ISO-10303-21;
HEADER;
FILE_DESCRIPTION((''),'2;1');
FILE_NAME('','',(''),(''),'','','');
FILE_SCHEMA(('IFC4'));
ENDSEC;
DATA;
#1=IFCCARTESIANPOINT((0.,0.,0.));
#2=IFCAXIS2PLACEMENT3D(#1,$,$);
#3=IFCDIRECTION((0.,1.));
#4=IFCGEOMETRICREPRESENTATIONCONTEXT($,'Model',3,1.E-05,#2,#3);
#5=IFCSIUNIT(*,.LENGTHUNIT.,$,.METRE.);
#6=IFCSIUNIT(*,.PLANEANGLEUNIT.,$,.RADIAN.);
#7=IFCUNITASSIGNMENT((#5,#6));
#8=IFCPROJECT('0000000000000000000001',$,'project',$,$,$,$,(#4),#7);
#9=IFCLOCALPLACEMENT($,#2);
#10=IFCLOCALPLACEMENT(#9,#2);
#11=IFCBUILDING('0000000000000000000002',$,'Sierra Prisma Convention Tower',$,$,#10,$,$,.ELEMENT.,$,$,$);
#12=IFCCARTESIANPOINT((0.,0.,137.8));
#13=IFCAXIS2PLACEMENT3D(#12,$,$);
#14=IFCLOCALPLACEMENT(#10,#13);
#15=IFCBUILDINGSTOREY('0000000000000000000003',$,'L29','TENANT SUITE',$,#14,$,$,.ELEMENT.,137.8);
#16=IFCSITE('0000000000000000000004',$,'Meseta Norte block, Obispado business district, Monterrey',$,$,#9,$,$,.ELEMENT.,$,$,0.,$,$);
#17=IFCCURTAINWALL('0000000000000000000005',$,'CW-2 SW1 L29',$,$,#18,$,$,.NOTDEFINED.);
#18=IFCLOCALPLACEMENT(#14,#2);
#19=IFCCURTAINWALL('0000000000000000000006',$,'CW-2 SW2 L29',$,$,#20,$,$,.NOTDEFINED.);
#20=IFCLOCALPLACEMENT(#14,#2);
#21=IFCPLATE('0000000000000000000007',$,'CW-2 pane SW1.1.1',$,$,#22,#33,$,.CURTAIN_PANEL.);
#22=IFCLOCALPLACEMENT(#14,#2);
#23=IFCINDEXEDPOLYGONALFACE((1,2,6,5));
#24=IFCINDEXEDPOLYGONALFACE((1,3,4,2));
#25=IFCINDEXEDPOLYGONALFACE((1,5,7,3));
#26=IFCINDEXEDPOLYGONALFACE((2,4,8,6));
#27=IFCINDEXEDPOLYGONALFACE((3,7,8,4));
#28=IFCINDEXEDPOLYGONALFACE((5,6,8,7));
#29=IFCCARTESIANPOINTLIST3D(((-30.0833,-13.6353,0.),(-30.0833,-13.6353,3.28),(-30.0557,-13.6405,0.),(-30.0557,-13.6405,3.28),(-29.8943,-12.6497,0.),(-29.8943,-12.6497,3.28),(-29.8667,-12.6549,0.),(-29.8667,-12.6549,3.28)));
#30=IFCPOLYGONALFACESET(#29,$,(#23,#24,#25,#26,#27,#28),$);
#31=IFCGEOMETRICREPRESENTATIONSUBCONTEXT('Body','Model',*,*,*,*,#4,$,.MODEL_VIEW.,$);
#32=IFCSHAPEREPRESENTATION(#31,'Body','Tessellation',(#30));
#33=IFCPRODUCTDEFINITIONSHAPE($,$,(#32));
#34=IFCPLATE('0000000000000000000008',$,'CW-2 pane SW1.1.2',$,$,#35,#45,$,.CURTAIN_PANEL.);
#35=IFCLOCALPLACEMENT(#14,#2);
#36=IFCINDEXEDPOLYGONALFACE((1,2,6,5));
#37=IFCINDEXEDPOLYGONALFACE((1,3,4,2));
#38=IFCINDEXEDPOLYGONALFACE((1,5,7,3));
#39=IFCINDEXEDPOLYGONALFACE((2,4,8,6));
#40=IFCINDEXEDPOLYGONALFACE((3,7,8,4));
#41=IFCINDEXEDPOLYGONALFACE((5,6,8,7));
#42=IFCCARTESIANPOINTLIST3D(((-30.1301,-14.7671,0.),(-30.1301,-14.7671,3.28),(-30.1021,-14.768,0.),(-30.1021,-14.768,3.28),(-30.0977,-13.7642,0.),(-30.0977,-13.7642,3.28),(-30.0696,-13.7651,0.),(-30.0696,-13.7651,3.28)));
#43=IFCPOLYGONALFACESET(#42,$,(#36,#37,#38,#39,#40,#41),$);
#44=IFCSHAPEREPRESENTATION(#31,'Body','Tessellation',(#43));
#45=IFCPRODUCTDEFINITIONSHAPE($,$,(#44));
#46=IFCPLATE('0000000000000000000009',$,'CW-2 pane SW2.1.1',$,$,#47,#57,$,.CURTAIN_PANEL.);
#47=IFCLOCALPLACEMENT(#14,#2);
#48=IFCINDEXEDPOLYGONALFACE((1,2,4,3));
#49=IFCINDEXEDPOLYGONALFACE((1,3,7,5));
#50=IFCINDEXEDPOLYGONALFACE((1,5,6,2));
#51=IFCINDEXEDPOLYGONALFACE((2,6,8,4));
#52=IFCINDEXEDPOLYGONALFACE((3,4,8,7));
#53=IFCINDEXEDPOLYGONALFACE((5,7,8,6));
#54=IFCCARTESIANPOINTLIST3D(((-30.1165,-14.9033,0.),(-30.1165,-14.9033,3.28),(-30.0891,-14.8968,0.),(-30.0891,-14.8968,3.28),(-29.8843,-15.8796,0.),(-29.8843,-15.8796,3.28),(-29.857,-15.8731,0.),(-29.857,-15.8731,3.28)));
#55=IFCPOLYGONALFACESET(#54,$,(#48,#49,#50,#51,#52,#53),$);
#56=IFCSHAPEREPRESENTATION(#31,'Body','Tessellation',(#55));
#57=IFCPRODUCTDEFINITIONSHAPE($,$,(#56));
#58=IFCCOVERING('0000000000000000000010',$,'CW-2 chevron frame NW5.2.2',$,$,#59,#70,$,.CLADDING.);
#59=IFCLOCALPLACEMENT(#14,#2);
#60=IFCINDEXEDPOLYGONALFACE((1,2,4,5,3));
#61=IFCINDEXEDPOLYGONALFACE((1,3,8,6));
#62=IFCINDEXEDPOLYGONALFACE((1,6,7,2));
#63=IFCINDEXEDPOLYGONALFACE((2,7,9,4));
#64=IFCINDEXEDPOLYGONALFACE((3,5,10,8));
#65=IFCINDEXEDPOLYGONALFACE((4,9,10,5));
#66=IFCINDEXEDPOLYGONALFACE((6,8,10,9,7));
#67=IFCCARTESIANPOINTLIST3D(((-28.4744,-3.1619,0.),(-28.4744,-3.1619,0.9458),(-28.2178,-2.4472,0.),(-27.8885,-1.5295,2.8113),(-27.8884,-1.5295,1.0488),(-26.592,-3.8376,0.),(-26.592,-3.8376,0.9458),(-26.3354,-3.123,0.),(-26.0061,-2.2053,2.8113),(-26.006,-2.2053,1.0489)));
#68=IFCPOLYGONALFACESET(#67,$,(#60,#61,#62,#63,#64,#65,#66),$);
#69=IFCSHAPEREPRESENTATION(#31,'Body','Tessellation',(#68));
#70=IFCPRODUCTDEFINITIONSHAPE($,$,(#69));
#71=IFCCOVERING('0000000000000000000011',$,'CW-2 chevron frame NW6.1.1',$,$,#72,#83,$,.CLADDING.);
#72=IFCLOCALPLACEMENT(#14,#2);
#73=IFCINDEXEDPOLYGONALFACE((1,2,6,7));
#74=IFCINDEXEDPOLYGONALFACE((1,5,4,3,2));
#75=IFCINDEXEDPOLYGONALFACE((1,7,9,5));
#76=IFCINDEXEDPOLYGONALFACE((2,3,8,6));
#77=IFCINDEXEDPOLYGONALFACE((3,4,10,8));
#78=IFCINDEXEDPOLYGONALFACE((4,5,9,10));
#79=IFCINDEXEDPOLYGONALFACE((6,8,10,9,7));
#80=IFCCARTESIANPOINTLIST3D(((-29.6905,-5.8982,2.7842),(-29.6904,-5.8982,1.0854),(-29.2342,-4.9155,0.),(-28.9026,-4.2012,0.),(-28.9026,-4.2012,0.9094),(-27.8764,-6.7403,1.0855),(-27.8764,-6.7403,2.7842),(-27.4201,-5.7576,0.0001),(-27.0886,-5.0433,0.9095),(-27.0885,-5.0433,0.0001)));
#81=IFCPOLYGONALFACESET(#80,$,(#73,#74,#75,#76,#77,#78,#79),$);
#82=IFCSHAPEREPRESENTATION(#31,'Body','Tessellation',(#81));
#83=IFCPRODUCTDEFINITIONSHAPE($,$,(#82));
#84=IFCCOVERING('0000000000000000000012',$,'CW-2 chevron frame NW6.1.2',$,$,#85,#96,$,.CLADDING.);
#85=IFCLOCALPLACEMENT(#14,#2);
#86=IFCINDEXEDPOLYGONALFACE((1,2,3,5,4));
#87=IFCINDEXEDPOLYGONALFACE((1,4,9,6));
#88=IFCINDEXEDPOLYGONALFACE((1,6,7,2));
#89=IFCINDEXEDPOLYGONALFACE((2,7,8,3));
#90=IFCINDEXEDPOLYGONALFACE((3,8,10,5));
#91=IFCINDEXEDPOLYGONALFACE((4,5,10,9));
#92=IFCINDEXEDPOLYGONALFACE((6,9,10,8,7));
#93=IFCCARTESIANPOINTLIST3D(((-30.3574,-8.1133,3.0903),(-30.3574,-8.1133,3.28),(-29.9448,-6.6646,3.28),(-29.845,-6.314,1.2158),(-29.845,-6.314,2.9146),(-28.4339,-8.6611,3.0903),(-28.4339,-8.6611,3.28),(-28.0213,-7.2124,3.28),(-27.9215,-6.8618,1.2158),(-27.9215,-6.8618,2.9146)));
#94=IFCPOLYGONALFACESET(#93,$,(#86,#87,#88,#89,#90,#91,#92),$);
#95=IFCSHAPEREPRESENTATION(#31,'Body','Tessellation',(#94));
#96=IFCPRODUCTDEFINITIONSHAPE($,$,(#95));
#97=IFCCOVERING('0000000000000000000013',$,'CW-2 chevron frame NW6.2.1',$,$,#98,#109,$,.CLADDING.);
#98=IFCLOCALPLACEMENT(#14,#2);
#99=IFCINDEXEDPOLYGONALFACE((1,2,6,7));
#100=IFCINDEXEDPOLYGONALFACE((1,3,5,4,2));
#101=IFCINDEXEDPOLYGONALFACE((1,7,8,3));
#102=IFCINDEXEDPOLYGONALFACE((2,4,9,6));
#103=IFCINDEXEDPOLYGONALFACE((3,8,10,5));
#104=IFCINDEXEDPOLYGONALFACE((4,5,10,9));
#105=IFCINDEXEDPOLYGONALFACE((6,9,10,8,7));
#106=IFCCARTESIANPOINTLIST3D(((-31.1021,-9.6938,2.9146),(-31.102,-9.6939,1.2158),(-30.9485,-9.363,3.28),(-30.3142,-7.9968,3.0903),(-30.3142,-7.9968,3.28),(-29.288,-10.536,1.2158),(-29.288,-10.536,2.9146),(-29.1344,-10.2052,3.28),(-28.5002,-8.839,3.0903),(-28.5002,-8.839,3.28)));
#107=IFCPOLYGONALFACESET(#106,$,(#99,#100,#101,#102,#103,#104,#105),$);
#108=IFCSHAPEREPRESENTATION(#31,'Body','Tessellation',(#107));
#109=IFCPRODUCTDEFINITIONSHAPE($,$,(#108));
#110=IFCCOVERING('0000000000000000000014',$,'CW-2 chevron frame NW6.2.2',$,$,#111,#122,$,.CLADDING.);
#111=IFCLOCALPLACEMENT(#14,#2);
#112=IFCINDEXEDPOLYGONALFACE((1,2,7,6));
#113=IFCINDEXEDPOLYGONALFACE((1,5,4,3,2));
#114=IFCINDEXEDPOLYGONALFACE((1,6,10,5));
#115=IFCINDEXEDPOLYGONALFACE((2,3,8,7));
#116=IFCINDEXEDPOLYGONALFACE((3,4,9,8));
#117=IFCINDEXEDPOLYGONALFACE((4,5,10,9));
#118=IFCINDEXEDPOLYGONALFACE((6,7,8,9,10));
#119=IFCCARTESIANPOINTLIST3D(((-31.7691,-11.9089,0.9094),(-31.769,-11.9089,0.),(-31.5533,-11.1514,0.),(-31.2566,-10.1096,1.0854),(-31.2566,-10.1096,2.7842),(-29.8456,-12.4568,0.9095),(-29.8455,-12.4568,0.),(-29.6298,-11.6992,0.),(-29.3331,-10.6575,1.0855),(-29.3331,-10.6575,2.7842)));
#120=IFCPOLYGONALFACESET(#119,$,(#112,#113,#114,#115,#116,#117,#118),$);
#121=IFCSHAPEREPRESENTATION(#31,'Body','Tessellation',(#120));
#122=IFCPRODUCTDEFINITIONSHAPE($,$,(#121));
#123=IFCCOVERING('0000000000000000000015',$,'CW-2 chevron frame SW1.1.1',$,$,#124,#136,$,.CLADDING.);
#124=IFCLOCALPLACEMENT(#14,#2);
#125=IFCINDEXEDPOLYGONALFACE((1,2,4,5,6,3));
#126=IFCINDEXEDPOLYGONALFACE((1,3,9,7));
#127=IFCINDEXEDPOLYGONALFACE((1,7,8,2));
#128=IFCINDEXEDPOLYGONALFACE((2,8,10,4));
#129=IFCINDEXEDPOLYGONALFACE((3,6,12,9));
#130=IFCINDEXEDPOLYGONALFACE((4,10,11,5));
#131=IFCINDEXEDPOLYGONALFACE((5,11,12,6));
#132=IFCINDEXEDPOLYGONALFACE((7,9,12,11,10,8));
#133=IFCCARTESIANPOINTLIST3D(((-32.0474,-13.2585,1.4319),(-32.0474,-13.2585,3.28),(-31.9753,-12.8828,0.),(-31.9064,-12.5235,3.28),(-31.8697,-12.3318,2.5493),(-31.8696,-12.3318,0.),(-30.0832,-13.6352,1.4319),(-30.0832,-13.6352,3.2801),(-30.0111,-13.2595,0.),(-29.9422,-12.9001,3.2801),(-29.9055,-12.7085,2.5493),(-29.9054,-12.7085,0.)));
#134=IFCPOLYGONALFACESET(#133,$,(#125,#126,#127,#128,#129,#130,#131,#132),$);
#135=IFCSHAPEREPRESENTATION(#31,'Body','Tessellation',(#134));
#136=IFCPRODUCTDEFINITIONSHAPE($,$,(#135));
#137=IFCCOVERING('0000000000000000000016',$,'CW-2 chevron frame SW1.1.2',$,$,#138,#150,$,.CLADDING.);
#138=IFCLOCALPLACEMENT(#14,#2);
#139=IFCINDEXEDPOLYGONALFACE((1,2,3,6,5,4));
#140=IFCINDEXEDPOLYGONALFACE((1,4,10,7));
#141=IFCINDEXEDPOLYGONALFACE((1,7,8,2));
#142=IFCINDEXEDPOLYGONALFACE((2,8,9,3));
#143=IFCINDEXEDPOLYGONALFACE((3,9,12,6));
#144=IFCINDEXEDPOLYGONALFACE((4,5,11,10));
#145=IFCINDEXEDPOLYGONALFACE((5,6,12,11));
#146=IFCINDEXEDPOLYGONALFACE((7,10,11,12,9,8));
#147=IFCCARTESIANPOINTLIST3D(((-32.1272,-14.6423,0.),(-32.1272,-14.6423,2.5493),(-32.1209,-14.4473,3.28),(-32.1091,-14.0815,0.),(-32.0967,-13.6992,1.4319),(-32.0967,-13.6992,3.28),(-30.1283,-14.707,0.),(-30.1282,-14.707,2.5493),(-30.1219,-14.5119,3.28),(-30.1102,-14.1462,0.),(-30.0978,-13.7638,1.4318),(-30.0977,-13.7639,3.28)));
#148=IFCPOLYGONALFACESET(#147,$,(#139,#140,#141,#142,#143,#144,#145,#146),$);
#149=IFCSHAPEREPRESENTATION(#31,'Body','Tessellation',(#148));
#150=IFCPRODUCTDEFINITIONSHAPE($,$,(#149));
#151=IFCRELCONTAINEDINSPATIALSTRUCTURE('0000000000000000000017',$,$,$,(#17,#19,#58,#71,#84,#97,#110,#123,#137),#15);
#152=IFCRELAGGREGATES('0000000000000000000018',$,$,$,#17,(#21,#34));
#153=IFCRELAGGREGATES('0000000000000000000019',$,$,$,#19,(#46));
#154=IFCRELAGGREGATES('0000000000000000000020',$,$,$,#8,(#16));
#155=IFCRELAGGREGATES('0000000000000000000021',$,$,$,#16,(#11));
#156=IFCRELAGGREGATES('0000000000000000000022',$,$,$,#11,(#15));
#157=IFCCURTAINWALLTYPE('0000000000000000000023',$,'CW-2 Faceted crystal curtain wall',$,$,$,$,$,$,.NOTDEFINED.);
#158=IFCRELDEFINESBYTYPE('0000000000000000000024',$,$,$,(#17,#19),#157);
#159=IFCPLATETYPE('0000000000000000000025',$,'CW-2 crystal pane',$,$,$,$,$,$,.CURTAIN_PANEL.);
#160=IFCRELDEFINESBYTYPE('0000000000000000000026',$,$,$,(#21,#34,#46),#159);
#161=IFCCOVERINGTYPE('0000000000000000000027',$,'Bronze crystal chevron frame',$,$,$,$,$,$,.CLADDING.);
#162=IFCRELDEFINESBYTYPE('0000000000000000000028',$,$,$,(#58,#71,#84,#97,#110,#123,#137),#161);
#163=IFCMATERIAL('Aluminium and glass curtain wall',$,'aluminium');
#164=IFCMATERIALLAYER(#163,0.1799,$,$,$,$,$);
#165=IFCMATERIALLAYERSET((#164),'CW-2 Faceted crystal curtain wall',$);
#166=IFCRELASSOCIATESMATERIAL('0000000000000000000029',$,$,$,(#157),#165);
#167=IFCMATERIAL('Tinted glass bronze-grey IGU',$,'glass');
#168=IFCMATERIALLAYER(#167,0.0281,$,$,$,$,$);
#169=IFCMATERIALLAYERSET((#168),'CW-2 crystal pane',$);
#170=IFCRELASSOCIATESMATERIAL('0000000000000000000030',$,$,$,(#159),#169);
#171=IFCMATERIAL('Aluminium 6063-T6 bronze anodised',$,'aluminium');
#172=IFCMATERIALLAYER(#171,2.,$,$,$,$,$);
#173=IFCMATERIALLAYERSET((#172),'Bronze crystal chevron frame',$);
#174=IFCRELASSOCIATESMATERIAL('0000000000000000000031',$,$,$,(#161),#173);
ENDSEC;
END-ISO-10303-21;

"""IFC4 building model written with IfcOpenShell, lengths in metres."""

from ifc_helpers import new_model, si_unit, direction, frame, origin, place, context, subcontext, project, spatial, polyline, outline, extrude, material, layer, layer_set, type_object, element, aggregate, save


model = new_model("IFC4")

# Units and contexts
model_context = context("Model", 3, precision=1e-05, world=origin(), true_north=direction((0.0, 1.0)))
body_context = subcontext(model_context, "Body", "Model", "MODEL_VIEW")
ifc_project = project(units=[si_unit("LENGTHUNIT", "METRE"), si_unit("PLANEANGLEUNIT", "RADIAN")], contexts=[model_context])

# Site, building, storey
site_placement = place(None, origin())
site = spatial("IfcSite", under=ifc_project, at=site_placement, Name="Meseta Norte block, Obispado business district, Monterrey", CompositionType="ELEMENT", RefElevation=0.0)
building_placement = place(site_placement, origin())
building = spatial("IfcBuilding", under=site, at=building_placement, Name="Sierra Prisma Convention Tower", CompositionType="ELEMENT")
storey_placement = place(building_placement, frame((0.0, 0.0, 137.8)))
storey = spatial("IfcBuildingStorey", under=building, at=storey_placement, Name="L29", Description="TENANT SUITE", CompositionType="ELEMENT", Elevation=137.8)

# Shared definitions
ifc_material_1 = material(Name="Aluminium and glass curtain wall", Category="aluminium")
ifc_layer_1 = layer(ifc_material_1, 0.1799)
ifc_layer_set_1 = layer_set([ifc_layer_1], Name="CW-2 Faceted crystal curtain wall")
curtain_wall_type = type_object("IfcCurtainWallType", Name="CW-2 Faceted crystal curtain wall", PredefinedType="NOTDEFINED", material=ifc_layer_set_1)

# Curtain wall
curtain_wall_1_placement = place(storey_placement, origin())
curtain_wall_1 = element("IfcCurtainWall", 1, at=curtain_wall_1_placement, inside=storey, type_object=curtain_wall_type, Name="CW-2 SW1 L29", PredefinedType="NOTDEFINED")

# Curtain wall
curtain_wall_2_placement = place(storey_placement, origin())
curtain_wall_2 = element("IfcCurtainWall", 2, at=curtain_wall_2_placement, inside=storey, type_object=curtain_wall_type, Name="CW-2 SW2 L29", PredefinedType="NOTDEFINED")

# Plates
ifc_material_2 = material(Name="Tinted glass bronze-grey IGU", Category="glass")
ifc_layer_2 = layer(ifc_material_2, 0.0281)
ifc_layer_set_2 = layer_set([ifc_layer_2], Name="CW-2 crystal pane")
plate_type = type_object("IfcPlateType", Name="CW-2 crystal pane", PredefinedType="CURTAIN_PANEL", material=ifc_layer_set_2)
plate_1_placement = place(storey_placement, frame((-29.8943, -12.6497, 0.0), z_axis=(-0.982112, 0.188297, 0.0), x_axis=(-0.188297, -0.982112, 0.0)))
plate_1 = element("IfcPlate", 3, at=plate_1_placement, type_object=plate_type, Name="CW-2 pane SW1.1.1", PredefinedType="CURTAIN_PANEL", context=body_context, shape_type="SweptSolid", body=[
    extrude(outline(polyline([(0.0, 0.0), (1.0035, 0.0), (1.0035, 3.28), (0.0, 3.28), (0.0, 0.0)])), origin(), (0.0, 0.0, -1.0), 0.0281),
])
plate_2_placement = place(storey_placement, frame((-30.1301, -14.7671, 0.0), z_axis=(-0.999476, 0.032359, 0.0), x_axis=(0.032359, 0.999476, 0.0)))
plate_2 = element("IfcPlate", 4, at=plate_2_placement, type_object=plate_type, Name="CW-2 pane SW1.1.2", PredefinedType="CURTAIN_PANEL", context=body_context, shape_type="SweptSolid", body=[
    extrude(outline(polyline([(0.0, 0.0), (1.0035, 0.0), (1.0035, -3.28), (0.0, -3.28), (0.0, 0.0)])), origin(), (0.0, 0.0, -1.0), 0.0281),
])
aggregate(curtain_wall_1, [plate_1, plate_2])
plate_3_placement = place(storey_placement, frame((-30.1165, -14.9033, 0.0), z_axis=(-0.972869, -0.231357, 0.0), x_axis=(0.231357, -0.972869, 0.0)))
plate_3 = element("IfcPlate", 5, at=plate_3_placement, type_object=plate_type, Name="CW-2 pane SW2.1.1", PredefinedType="CURTAIN_PANEL", context=body_context, shape_type="SweptSolid", body=[
    extrude(outline(polyline([(0.0, 0.0), (1.0035, 0.0), (1.0035, 3.28), (0.0, 3.28), (0.0, 0.0)])), origin(), (0.0, 0.0, -1.0), 0.0281),
])
aggregate(curtain_wall_2, [plate_3])

# Coverings
ifc_material_3 = material(Name="Aluminium 6063-T6 bronze anodised", Category="aluminium")
ifc_layer_3 = layer(ifc_material_3, 2.0)
ifc_layer_set_3 = layer_set([ifc_layer_3], Name="Bronze crystal chevron frame")
covering_type = type_object("IfcCoveringType", Name="Bronze crystal chevron frame", PredefinedType="CLADDING", material=ifc_layer_set_3)
covering_1_placement = place(storey_placement, frame((-28.4744, -3.1619, 0.0), z_axis=(-0.941194, 0.337865, -0.000024), x_axis=(-0.000022, 0.000008, 1.0)))
element("IfcCovering", 6, at=covering_1_placement, inside=storey, type_object=covering_type, Name="CW-2 chevron frame NW5.2.2", PredefinedType="CLADDING", context=body_context, shape_type="SweptSolid", body=[
    extrude(outline(polyline([(0.0, 0.0), (0.9458, 0.0), (2.8113, 1.7343), (1.0488, 1.7343), (0.0, 0.7593), (0.0, 0.0)])), origin(), (0.0, 0.0, -1.0), 2.0),
])
covering_2_placement = place(storey_placement, frame((-28.9026, -4.2012, 0.0), z_axis=(-0.907028, 0.421069, -0.000029), x_axis=(-0.421069, -0.907028, 0.0)))
element("IfcCovering", 7, at=covering_2_placement, inside=storey, type_object=covering_type, Name="CW-2 chevron frame NW6.1.1", PredefinedType="CLADDING", context=body_context, shape_type="SweptSolid", body=[
    extrude(outline(polyline([(0.0, 0.0), (0.7875, 0.0), (1.871, 1.0854), (1.871, 2.7842), (0.0, 0.9094), (0.0, 0.0)])), origin(), (0.0, 0.0, -1.0), 2.0),
])
covering_3_placement = place(storey_placement, frame((-29.845, -6.314, 2.9146), z_axis=(-0.961755, 0.273911, -0.000002), x_axis=(0.000002, -0.000001, -1.0)))
element("IfcCovering", 8, at=covering_3_placement, inside=storey, type_object=covering_type, Name="CW-2 chevron frame NW6.1.2", PredefinedType="CLADDING", context=body_context, shape_type="SweptSolid", body=[
    extrude(outline(polyline([(0.0, 0.0), (1.6987, 0.0), (-0.1758, 1.8709), (-0.3655, 1.8709), (-0.3655, 0.3645), (0.0, 0.0)])), origin(), (0.0, 0.0, -1.0), 2.0),
])
covering_4_placement = place(storey_placement, frame((-30.3142, -7.9968, 3.28), z_axis=(-0.907021, 0.421086, -0.000006), x_axis=(0.000005, -0.000002, -1.0)))
element("IfcCovering", 9, at=covering_4_placement, inside=storey, type_object=covering_type, Name="CW-2 chevron frame NW6.2.1", PredefinedType="CLADDING", context=body_context, shape_type="SweptSolid", body=[
    extrude(outline(polyline([(0.0, 0.0), (0.1897, 0.0), (2.0642, 1.871), (0.3655, 1.871), (0.0, 1.5063), (0.0, 0.0)])), origin(), (0.0, 0.0, -1.0), 2.0),
])
covering_5_placement = place(storey_placement, frame((-31.769, -11.9089, 0.0), z_axis=(-0.961752, 0.273922, -0.00002), x_axis=(-0.000019, 0.000005, 1.0)))
element("IfcCovering", 10, at=covering_5_placement, inside=storey, type_object=covering_type, Name="CW-2 chevron frame NW6.2.2", PredefinedType="CLADDING", context=body_context, shape_type="SweptSolid", body=[
    extrude(outline(polyline([(0.0, 0.0), (0.9094, 0.0), (2.7842, 1.8709), (1.0854, 1.8709), (0.0, 0.7877), (0.0, 0.0)])), origin(), (0.0, 0.0, -1.0), 2.0),
])
covering_6_placement = place(storey_placement, frame((-31.8696, -12.3318, 0.0), z_axis=(-0.982103, 0.188343, -0.000012), x_axis=(-0.188343, -0.982103, 0.0)))
element("IfcCovering", 11, at=covering_6_placement, inside=storey, type_object=covering_type, Name="CW-2 chevron frame SW1.1.1", PredefinedType="CLADDING", context=body_context, shape_type="SweptSolid", body=[
    extrude(outline(polyline([(0.0, 0.0), (0.5611, 0.0), (0.9436, 1.4319), (0.9436, 3.28), (0.1952, 3.28), (0.0, 2.5493), (0.0, 0.0)])), origin(), (0.0, 0.0, -1.0), 2.0),
])
covering_7_placement = place(storey_placement, frame((-32.0967, -13.6992, 3.28), z_axis=(-0.999478, 0.032316, 0.00002), x_axis=(-0.00002, 0.000001, -1.0)))
element("IfcCovering", 12, at=covering_7_placement, inside=storey, type_object=covering_type, Name="CW-2 chevron frame SW1.1.2", PredefinedType="CLADDING", context=body_context, shape_type="SweptSolid", body=[
    extrude(outline(polyline([(0.0, 0.0), (1.8481, 0.0), (3.28, 0.3825), (3.28, 0.9436), (0.7307, 0.9436), (0.0, 0.7484), (0.0, 0.0)])), origin(), (0.0, 0.0, -1.0), 2.0),
])

save(model, "model.ifc")
